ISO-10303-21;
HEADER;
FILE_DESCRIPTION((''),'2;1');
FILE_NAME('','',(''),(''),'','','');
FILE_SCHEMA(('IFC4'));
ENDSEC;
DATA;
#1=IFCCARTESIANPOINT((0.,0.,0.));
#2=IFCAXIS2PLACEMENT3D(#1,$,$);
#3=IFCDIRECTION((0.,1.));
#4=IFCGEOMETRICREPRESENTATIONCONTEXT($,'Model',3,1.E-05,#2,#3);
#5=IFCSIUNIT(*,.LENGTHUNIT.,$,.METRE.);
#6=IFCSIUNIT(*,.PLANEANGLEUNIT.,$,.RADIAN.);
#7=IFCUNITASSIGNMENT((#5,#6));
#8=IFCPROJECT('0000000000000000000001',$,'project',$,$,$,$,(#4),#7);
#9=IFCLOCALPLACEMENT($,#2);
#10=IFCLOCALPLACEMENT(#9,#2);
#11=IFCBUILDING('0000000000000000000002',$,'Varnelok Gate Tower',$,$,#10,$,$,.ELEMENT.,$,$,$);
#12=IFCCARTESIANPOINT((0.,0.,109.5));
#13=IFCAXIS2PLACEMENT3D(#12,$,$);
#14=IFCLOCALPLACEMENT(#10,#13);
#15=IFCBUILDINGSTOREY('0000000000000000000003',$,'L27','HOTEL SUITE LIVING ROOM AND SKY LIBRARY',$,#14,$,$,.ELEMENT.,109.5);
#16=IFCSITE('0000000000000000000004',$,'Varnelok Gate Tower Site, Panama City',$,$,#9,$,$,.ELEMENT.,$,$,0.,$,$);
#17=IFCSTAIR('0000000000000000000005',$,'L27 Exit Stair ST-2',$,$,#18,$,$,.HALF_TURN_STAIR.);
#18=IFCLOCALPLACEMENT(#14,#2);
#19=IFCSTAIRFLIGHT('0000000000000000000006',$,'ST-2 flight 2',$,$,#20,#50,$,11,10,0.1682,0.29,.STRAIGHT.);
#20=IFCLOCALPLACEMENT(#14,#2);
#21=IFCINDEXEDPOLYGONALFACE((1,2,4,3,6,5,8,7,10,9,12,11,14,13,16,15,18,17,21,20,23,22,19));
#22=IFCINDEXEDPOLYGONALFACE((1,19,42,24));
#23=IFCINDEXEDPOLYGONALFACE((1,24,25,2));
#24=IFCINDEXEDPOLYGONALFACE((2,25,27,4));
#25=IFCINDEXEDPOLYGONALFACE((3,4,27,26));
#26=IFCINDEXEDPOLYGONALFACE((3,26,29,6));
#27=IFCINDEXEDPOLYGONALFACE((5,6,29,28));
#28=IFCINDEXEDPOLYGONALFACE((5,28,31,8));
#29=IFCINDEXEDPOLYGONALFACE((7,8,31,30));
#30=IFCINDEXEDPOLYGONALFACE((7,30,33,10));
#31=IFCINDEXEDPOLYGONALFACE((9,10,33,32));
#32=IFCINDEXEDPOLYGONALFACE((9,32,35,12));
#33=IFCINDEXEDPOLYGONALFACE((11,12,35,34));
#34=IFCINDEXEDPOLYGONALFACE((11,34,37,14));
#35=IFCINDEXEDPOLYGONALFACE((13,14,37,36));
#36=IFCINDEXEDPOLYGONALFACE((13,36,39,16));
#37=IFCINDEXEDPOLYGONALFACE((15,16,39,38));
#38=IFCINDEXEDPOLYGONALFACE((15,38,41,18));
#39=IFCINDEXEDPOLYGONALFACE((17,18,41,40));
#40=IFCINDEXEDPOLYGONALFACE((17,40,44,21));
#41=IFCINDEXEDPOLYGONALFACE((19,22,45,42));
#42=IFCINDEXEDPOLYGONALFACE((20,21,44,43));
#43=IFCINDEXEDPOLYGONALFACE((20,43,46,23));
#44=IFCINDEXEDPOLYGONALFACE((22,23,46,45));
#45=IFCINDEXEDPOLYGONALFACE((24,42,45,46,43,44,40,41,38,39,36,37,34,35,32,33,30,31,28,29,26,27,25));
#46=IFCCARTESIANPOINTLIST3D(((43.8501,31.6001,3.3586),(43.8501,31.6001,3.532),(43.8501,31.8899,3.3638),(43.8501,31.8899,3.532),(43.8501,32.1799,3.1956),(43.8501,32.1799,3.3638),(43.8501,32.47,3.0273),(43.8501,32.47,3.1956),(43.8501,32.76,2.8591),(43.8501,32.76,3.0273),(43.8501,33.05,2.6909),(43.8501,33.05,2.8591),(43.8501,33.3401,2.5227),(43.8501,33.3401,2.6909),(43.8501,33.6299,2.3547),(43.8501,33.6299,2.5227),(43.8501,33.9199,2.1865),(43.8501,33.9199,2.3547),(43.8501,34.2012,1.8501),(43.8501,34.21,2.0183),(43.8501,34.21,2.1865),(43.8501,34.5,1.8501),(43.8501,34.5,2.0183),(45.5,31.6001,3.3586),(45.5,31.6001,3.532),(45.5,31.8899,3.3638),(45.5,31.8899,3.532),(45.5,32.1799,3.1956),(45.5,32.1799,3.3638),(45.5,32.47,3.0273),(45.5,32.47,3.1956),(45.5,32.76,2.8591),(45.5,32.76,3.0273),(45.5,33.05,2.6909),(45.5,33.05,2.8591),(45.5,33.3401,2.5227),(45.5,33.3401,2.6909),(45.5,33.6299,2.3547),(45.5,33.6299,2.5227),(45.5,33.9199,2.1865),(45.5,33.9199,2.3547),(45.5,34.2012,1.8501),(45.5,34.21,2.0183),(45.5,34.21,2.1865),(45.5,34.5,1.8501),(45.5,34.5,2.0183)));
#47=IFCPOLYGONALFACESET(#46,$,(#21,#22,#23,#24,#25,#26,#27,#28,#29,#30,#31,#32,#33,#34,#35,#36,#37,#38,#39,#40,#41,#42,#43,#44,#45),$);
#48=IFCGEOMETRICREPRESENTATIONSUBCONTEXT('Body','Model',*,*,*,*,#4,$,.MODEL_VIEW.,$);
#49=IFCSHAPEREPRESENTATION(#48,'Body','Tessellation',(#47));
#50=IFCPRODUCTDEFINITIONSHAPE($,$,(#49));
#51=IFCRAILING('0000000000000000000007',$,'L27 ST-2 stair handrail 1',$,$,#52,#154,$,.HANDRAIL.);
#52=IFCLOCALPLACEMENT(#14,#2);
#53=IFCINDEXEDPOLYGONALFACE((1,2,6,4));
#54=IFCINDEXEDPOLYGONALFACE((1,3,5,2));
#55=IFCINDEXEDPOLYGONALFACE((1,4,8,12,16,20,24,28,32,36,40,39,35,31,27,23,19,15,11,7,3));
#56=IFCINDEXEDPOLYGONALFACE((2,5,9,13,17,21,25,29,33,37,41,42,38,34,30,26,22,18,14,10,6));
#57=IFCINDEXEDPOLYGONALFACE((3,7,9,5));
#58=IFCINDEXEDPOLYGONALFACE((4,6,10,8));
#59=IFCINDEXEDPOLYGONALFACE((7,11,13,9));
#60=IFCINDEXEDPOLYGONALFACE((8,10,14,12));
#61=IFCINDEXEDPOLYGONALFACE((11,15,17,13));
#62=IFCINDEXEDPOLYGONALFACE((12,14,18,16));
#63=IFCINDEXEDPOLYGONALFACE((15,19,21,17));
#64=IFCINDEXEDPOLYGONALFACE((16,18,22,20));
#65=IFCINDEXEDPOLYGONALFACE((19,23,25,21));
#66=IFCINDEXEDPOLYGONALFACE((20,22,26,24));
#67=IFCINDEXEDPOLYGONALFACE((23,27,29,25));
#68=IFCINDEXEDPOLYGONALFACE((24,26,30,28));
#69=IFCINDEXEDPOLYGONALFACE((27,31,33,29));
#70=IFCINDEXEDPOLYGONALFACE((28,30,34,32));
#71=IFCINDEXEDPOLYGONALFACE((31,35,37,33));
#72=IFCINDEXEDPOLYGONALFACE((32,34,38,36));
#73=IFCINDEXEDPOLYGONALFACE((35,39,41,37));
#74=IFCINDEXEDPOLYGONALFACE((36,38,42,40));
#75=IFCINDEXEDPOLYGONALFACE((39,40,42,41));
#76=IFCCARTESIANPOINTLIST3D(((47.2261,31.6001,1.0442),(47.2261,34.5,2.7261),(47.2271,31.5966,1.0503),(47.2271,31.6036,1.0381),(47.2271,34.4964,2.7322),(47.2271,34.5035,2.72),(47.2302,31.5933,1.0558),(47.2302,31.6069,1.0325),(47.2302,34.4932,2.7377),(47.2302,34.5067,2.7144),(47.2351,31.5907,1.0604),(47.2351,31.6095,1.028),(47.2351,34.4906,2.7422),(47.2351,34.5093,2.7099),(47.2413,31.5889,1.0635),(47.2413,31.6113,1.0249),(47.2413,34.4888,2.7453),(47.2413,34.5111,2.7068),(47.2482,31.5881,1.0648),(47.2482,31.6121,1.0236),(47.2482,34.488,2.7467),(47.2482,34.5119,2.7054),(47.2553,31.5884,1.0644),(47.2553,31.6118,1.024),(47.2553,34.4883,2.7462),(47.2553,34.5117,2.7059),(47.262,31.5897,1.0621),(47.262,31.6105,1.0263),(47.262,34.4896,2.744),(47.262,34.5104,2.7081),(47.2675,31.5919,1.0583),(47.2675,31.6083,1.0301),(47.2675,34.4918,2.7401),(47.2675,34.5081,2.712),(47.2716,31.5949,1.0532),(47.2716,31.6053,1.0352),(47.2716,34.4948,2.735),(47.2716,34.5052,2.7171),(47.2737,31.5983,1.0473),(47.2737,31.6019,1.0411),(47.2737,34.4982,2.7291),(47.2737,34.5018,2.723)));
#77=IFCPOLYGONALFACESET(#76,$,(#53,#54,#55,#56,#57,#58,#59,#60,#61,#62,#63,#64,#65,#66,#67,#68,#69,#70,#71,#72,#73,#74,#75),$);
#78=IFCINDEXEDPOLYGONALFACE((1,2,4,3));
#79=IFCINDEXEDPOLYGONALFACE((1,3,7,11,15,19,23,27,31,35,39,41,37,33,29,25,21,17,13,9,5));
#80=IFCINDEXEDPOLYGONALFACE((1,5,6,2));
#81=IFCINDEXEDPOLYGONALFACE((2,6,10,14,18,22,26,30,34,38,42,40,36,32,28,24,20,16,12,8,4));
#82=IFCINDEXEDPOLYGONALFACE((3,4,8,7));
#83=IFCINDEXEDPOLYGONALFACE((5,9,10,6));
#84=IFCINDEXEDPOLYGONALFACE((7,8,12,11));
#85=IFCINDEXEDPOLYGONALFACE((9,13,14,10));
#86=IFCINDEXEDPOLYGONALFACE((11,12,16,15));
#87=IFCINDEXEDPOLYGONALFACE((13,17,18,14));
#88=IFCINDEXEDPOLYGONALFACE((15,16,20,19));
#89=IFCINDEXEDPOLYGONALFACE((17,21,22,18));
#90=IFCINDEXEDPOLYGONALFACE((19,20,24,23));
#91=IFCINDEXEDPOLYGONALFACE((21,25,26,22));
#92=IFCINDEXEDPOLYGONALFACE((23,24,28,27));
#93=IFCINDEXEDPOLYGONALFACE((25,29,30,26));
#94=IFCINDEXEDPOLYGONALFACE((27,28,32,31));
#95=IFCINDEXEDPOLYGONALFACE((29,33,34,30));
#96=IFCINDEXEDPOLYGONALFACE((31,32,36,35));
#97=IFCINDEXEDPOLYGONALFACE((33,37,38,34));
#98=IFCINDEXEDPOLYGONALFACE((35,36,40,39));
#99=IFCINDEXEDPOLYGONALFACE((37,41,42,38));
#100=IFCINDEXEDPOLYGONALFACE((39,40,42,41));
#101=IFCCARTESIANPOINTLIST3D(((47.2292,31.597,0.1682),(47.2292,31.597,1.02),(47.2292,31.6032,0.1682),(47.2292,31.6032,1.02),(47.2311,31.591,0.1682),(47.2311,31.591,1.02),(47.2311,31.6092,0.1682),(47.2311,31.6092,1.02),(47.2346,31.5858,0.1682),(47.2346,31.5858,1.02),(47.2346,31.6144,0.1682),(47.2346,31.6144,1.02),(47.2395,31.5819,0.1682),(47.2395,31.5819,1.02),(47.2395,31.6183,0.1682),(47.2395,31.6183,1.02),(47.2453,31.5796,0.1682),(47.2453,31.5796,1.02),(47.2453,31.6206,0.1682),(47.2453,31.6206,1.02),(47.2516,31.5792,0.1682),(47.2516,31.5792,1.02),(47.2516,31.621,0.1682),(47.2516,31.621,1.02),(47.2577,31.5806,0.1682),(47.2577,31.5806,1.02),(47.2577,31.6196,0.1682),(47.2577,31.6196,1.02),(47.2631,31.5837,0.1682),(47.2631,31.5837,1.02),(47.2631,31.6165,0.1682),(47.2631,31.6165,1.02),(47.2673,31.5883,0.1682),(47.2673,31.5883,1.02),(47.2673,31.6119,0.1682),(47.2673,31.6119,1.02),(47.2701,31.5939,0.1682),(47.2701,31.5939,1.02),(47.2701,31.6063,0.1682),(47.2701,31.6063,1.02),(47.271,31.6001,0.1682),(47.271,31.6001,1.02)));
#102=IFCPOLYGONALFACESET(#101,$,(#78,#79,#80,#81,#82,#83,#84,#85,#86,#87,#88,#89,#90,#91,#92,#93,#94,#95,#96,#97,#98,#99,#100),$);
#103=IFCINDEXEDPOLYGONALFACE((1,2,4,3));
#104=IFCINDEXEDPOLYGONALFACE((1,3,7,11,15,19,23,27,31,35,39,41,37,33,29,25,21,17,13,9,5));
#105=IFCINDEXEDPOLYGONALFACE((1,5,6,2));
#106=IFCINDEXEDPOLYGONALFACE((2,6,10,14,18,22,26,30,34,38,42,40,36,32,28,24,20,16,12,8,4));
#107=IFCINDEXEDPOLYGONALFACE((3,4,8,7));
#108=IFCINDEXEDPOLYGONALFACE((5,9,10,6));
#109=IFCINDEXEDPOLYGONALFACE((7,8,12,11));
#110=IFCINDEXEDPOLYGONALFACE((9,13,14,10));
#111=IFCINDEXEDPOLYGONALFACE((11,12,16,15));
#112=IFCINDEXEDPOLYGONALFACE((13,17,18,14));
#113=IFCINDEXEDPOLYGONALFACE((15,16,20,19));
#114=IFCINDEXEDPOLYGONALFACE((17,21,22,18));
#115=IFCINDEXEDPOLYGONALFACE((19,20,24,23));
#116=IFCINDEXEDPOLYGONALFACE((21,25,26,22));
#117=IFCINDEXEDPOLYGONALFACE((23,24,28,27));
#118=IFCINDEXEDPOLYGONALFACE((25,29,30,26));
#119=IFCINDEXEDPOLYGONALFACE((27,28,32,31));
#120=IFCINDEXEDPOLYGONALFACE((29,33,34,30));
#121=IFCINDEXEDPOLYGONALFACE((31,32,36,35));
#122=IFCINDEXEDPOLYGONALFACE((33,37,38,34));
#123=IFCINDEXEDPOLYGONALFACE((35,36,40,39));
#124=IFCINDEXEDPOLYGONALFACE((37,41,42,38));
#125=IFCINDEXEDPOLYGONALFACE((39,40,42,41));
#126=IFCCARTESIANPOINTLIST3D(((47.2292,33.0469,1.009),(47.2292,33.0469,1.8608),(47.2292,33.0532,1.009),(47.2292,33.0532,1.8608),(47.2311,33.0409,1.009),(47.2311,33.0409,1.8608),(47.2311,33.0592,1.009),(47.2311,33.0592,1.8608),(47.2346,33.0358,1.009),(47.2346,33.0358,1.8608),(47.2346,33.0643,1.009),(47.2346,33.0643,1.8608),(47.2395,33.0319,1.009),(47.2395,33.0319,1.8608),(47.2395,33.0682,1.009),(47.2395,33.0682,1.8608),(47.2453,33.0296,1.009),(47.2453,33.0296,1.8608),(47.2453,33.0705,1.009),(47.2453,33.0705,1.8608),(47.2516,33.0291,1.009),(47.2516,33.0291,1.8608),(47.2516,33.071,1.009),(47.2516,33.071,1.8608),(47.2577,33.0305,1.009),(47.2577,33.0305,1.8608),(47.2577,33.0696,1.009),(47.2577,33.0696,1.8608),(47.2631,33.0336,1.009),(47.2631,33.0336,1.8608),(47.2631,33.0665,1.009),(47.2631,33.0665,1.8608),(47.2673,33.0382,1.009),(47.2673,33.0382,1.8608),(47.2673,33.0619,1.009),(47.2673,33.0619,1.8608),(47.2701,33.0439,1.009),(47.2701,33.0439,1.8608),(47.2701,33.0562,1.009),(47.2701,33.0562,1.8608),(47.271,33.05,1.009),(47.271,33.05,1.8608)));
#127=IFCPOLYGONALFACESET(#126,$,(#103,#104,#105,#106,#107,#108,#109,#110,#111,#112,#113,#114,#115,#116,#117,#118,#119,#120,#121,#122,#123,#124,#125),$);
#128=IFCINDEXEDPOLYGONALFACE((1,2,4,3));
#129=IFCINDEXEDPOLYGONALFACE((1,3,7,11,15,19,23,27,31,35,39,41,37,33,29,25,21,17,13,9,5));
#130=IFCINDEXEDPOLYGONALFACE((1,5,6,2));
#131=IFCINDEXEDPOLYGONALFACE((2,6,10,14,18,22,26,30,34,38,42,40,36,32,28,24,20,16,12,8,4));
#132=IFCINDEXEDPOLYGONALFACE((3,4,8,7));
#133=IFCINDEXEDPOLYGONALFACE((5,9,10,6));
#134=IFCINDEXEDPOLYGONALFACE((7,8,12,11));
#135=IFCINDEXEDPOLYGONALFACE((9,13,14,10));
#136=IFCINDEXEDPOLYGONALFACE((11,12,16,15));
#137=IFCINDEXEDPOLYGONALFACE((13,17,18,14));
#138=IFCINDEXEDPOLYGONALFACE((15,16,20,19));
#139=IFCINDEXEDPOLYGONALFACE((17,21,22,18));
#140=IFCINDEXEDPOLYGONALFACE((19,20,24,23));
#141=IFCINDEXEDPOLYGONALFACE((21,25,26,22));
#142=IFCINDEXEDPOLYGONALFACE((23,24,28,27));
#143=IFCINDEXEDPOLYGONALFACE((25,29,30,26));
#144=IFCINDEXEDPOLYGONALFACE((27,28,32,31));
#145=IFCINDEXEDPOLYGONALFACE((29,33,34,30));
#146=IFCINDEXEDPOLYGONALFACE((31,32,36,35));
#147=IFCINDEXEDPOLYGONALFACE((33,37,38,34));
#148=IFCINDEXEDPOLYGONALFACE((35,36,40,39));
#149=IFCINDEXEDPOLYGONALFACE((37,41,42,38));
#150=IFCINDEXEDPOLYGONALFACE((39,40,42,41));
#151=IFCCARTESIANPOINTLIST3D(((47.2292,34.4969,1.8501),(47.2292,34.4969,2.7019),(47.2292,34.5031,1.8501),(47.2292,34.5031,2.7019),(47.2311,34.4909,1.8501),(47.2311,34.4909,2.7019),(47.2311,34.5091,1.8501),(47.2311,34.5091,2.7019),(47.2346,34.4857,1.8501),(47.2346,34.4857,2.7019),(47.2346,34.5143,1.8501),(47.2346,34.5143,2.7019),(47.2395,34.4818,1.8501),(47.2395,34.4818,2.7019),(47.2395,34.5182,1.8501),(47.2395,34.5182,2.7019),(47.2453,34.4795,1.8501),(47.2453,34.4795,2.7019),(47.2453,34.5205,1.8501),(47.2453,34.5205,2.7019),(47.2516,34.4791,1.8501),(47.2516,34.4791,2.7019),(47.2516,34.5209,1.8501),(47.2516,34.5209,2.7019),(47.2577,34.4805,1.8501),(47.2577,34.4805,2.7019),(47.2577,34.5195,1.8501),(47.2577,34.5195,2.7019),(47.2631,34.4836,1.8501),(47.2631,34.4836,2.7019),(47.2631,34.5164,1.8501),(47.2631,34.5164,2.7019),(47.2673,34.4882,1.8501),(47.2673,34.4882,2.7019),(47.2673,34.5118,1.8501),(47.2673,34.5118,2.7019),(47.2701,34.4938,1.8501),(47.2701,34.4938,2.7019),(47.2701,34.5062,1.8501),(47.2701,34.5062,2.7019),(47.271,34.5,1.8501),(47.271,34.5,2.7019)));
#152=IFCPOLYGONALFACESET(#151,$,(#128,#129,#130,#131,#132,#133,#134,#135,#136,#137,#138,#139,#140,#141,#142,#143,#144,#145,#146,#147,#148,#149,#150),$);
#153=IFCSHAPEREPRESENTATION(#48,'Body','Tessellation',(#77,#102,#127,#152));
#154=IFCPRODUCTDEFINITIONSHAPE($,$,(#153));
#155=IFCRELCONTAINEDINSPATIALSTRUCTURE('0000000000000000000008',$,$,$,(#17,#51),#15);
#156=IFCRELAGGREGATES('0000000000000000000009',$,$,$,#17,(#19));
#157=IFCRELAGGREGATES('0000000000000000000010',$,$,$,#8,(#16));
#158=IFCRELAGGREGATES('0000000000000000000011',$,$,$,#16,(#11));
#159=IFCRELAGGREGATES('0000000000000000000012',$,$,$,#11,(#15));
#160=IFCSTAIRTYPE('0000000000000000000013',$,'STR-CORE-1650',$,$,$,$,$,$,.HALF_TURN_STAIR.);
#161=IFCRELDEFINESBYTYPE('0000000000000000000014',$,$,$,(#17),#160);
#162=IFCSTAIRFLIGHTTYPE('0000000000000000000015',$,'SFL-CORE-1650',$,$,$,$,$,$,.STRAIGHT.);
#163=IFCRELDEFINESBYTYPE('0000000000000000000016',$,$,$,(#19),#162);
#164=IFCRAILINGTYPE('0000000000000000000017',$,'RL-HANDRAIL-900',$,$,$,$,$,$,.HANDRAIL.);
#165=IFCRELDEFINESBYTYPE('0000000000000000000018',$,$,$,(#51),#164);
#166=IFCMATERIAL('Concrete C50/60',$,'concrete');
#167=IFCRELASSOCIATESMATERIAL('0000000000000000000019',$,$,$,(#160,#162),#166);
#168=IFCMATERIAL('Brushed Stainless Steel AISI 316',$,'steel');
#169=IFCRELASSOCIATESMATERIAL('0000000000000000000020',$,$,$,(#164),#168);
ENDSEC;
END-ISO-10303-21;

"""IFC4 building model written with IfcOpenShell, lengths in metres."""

from ifc_helpers import new_model, si_unit, direction, frame, origin, origin_2d, place, context, subcontext, project, spatial, polyline, circle, outline, extrude, material, type_object, element, aggregate, save


model = new_model("IFC4")

# Units and contexts
model_context = context("Model", 3, precision=1e-05, world=origin(), true_north=direction((0.0, 1.0)))
body_context = subcontext(model_context, "Body", "Model", "MODEL_VIEW")
ifc_project = project(units=[si_unit("LENGTHUNIT", "METRE"), si_unit("PLANEANGLEUNIT", "RADIAN")], contexts=[model_context])

# Site, building, storey
site_placement = place(None, origin())
site = spatial("IfcSite", under=ifc_project, at=site_placement, Name="Varnelok Gate Tower Site, Panama City", CompositionType="ELEMENT", RefElevation=0.0)
building_placement = place(site_placement, origin())
building = spatial("IfcBuilding", under=site, at=building_placement, Name="Varnelok Gate Tower", CompositionType="ELEMENT")
storey_placement = place(building_placement, frame((0.0, 0.0, 109.5)))
storey = spatial("IfcBuildingStorey", under=building, at=storey_placement, Name="L27", Description="HOTEL SUITE LIVING ROOM AND SKY LIBRARY", CompositionType="ELEMENT", Elevation=109.5)

# Stair, stair flight
ifc_material_1 = material(Name="Concrete C50/60", Category="concrete")
stair_type = type_object("IfcStairType", Name="STR-CORE-1650", PredefinedType="HALF_TURN_STAIR", material=ifc_material_1)
stair_placement = place(storey_placement, origin())
stair = element("IfcStair", 1, at=stair_placement, inside=storey, type_object=stair_type, Name="L27 Exit Stair ST-2", PredefinedType="HALF_TURN_STAIR")
stair_flight_type = type_object("IfcStairFlightType", Name="SFL-CORE-1650", PredefinedType="STRAIGHT", material=ifc_material_1)
stair_flight_1_placement = place(storey_placement, frame((44.675, 34.5, 1.8501), z_axis=(0.0, 0.0, 1.0), x_axis=(0.0, -1.0, 0.0)))
stair_flight_1 = element("IfcStairFlight", 2, at=stair_flight_1_placement, type_object=stair_flight_type, Name="ST-2 flight 2", NumberOfRisers=11, NumberOfTreads=10, PredefinedType="STRAIGHT", RiserHeight=0.1682, TreadLength=0.29, context=body_context, shape_type="SweptSolid", body=[
    extrude(outline(polyline([(0.0, 0.0), (0.0, 0.1682), (0.29, 0.1682), (0.29, 0.3364), (0.5801, 0.3364), (0.5801, 0.5046), (0.8701, 0.5046), (0.8701, 0.6726), (1.1599, 0.6726), (1.1599, 0.8408), (1.45, 0.8408), (1.45, 1.009), (1.74, 1.009), (1.74, 1.1772), (2.03, 1.1772), (2.03, 1.3455), (2.3201, 1.3455), (2.3201, 1.5137), (2.6101, 1.5137), (2.6101, 1.6819), (2.8999, 1.6819), (2.8999, 1.8501), (2.8999, 1.5085), (0.2988, 0.0), (0.0, 0.0)])), frame((0.0, 0.825, 0.0), z_axis=(0.0, -1.0, 0.0), x_axis=(1.0, 0.0, 0.0)), (0.0, 0.0, 1.0), 1.6499),
])
aggregate(stair, [stair_flight_1])

# Railing
ifc_material_2 = material(Name="Brushed Stainless Steel AISI 316", Category="steel")
railing_type_1 = type_object("IfcRailingType", Name="RL-HANDRAIL-900", PredefinedType="HANDRAIL", material=ifc_material_2)
railing_1_placement = place(storey_placement, frame((47.25, 31.6001, 0.1682)))
element("IfcRailing", 3, at=railing_1_placement, inside=storey, type_object=railing_type_1, Name="L27 ST-2 stair handrail 1", PredefinedType="HANDRAIL", context=body_context, shape_type="SweptSolid", body=[
    extrude(circle(Radius=0.0239, at=origin_2d()), frame((0.0, 0.0, 0.876), z_axis=(0.0, 0.865039, 0.501705), x_axis=(-1.0, 0.0, 0.0)), (0.0, 0.0, 1.0), 3.3523),
    extrude(circle(Radius=0.021, at=origin_2d()), origin(), (0.0, 0.0, 1.0), 0.8518),
    extrude(circle(Radius=0.021, at=origin_2d()), frame((0.0, 1.45, 0.8408)), (0.0, 0.0, 1.0), 0.8518),
    extrude(circle(Radius=0.021, at=origin_2d()), frame((0.0, 2.8999, 1.6819)), (0.0, 0.0, 1.0), 0.8518),
])

save(model, "model.ifc")
